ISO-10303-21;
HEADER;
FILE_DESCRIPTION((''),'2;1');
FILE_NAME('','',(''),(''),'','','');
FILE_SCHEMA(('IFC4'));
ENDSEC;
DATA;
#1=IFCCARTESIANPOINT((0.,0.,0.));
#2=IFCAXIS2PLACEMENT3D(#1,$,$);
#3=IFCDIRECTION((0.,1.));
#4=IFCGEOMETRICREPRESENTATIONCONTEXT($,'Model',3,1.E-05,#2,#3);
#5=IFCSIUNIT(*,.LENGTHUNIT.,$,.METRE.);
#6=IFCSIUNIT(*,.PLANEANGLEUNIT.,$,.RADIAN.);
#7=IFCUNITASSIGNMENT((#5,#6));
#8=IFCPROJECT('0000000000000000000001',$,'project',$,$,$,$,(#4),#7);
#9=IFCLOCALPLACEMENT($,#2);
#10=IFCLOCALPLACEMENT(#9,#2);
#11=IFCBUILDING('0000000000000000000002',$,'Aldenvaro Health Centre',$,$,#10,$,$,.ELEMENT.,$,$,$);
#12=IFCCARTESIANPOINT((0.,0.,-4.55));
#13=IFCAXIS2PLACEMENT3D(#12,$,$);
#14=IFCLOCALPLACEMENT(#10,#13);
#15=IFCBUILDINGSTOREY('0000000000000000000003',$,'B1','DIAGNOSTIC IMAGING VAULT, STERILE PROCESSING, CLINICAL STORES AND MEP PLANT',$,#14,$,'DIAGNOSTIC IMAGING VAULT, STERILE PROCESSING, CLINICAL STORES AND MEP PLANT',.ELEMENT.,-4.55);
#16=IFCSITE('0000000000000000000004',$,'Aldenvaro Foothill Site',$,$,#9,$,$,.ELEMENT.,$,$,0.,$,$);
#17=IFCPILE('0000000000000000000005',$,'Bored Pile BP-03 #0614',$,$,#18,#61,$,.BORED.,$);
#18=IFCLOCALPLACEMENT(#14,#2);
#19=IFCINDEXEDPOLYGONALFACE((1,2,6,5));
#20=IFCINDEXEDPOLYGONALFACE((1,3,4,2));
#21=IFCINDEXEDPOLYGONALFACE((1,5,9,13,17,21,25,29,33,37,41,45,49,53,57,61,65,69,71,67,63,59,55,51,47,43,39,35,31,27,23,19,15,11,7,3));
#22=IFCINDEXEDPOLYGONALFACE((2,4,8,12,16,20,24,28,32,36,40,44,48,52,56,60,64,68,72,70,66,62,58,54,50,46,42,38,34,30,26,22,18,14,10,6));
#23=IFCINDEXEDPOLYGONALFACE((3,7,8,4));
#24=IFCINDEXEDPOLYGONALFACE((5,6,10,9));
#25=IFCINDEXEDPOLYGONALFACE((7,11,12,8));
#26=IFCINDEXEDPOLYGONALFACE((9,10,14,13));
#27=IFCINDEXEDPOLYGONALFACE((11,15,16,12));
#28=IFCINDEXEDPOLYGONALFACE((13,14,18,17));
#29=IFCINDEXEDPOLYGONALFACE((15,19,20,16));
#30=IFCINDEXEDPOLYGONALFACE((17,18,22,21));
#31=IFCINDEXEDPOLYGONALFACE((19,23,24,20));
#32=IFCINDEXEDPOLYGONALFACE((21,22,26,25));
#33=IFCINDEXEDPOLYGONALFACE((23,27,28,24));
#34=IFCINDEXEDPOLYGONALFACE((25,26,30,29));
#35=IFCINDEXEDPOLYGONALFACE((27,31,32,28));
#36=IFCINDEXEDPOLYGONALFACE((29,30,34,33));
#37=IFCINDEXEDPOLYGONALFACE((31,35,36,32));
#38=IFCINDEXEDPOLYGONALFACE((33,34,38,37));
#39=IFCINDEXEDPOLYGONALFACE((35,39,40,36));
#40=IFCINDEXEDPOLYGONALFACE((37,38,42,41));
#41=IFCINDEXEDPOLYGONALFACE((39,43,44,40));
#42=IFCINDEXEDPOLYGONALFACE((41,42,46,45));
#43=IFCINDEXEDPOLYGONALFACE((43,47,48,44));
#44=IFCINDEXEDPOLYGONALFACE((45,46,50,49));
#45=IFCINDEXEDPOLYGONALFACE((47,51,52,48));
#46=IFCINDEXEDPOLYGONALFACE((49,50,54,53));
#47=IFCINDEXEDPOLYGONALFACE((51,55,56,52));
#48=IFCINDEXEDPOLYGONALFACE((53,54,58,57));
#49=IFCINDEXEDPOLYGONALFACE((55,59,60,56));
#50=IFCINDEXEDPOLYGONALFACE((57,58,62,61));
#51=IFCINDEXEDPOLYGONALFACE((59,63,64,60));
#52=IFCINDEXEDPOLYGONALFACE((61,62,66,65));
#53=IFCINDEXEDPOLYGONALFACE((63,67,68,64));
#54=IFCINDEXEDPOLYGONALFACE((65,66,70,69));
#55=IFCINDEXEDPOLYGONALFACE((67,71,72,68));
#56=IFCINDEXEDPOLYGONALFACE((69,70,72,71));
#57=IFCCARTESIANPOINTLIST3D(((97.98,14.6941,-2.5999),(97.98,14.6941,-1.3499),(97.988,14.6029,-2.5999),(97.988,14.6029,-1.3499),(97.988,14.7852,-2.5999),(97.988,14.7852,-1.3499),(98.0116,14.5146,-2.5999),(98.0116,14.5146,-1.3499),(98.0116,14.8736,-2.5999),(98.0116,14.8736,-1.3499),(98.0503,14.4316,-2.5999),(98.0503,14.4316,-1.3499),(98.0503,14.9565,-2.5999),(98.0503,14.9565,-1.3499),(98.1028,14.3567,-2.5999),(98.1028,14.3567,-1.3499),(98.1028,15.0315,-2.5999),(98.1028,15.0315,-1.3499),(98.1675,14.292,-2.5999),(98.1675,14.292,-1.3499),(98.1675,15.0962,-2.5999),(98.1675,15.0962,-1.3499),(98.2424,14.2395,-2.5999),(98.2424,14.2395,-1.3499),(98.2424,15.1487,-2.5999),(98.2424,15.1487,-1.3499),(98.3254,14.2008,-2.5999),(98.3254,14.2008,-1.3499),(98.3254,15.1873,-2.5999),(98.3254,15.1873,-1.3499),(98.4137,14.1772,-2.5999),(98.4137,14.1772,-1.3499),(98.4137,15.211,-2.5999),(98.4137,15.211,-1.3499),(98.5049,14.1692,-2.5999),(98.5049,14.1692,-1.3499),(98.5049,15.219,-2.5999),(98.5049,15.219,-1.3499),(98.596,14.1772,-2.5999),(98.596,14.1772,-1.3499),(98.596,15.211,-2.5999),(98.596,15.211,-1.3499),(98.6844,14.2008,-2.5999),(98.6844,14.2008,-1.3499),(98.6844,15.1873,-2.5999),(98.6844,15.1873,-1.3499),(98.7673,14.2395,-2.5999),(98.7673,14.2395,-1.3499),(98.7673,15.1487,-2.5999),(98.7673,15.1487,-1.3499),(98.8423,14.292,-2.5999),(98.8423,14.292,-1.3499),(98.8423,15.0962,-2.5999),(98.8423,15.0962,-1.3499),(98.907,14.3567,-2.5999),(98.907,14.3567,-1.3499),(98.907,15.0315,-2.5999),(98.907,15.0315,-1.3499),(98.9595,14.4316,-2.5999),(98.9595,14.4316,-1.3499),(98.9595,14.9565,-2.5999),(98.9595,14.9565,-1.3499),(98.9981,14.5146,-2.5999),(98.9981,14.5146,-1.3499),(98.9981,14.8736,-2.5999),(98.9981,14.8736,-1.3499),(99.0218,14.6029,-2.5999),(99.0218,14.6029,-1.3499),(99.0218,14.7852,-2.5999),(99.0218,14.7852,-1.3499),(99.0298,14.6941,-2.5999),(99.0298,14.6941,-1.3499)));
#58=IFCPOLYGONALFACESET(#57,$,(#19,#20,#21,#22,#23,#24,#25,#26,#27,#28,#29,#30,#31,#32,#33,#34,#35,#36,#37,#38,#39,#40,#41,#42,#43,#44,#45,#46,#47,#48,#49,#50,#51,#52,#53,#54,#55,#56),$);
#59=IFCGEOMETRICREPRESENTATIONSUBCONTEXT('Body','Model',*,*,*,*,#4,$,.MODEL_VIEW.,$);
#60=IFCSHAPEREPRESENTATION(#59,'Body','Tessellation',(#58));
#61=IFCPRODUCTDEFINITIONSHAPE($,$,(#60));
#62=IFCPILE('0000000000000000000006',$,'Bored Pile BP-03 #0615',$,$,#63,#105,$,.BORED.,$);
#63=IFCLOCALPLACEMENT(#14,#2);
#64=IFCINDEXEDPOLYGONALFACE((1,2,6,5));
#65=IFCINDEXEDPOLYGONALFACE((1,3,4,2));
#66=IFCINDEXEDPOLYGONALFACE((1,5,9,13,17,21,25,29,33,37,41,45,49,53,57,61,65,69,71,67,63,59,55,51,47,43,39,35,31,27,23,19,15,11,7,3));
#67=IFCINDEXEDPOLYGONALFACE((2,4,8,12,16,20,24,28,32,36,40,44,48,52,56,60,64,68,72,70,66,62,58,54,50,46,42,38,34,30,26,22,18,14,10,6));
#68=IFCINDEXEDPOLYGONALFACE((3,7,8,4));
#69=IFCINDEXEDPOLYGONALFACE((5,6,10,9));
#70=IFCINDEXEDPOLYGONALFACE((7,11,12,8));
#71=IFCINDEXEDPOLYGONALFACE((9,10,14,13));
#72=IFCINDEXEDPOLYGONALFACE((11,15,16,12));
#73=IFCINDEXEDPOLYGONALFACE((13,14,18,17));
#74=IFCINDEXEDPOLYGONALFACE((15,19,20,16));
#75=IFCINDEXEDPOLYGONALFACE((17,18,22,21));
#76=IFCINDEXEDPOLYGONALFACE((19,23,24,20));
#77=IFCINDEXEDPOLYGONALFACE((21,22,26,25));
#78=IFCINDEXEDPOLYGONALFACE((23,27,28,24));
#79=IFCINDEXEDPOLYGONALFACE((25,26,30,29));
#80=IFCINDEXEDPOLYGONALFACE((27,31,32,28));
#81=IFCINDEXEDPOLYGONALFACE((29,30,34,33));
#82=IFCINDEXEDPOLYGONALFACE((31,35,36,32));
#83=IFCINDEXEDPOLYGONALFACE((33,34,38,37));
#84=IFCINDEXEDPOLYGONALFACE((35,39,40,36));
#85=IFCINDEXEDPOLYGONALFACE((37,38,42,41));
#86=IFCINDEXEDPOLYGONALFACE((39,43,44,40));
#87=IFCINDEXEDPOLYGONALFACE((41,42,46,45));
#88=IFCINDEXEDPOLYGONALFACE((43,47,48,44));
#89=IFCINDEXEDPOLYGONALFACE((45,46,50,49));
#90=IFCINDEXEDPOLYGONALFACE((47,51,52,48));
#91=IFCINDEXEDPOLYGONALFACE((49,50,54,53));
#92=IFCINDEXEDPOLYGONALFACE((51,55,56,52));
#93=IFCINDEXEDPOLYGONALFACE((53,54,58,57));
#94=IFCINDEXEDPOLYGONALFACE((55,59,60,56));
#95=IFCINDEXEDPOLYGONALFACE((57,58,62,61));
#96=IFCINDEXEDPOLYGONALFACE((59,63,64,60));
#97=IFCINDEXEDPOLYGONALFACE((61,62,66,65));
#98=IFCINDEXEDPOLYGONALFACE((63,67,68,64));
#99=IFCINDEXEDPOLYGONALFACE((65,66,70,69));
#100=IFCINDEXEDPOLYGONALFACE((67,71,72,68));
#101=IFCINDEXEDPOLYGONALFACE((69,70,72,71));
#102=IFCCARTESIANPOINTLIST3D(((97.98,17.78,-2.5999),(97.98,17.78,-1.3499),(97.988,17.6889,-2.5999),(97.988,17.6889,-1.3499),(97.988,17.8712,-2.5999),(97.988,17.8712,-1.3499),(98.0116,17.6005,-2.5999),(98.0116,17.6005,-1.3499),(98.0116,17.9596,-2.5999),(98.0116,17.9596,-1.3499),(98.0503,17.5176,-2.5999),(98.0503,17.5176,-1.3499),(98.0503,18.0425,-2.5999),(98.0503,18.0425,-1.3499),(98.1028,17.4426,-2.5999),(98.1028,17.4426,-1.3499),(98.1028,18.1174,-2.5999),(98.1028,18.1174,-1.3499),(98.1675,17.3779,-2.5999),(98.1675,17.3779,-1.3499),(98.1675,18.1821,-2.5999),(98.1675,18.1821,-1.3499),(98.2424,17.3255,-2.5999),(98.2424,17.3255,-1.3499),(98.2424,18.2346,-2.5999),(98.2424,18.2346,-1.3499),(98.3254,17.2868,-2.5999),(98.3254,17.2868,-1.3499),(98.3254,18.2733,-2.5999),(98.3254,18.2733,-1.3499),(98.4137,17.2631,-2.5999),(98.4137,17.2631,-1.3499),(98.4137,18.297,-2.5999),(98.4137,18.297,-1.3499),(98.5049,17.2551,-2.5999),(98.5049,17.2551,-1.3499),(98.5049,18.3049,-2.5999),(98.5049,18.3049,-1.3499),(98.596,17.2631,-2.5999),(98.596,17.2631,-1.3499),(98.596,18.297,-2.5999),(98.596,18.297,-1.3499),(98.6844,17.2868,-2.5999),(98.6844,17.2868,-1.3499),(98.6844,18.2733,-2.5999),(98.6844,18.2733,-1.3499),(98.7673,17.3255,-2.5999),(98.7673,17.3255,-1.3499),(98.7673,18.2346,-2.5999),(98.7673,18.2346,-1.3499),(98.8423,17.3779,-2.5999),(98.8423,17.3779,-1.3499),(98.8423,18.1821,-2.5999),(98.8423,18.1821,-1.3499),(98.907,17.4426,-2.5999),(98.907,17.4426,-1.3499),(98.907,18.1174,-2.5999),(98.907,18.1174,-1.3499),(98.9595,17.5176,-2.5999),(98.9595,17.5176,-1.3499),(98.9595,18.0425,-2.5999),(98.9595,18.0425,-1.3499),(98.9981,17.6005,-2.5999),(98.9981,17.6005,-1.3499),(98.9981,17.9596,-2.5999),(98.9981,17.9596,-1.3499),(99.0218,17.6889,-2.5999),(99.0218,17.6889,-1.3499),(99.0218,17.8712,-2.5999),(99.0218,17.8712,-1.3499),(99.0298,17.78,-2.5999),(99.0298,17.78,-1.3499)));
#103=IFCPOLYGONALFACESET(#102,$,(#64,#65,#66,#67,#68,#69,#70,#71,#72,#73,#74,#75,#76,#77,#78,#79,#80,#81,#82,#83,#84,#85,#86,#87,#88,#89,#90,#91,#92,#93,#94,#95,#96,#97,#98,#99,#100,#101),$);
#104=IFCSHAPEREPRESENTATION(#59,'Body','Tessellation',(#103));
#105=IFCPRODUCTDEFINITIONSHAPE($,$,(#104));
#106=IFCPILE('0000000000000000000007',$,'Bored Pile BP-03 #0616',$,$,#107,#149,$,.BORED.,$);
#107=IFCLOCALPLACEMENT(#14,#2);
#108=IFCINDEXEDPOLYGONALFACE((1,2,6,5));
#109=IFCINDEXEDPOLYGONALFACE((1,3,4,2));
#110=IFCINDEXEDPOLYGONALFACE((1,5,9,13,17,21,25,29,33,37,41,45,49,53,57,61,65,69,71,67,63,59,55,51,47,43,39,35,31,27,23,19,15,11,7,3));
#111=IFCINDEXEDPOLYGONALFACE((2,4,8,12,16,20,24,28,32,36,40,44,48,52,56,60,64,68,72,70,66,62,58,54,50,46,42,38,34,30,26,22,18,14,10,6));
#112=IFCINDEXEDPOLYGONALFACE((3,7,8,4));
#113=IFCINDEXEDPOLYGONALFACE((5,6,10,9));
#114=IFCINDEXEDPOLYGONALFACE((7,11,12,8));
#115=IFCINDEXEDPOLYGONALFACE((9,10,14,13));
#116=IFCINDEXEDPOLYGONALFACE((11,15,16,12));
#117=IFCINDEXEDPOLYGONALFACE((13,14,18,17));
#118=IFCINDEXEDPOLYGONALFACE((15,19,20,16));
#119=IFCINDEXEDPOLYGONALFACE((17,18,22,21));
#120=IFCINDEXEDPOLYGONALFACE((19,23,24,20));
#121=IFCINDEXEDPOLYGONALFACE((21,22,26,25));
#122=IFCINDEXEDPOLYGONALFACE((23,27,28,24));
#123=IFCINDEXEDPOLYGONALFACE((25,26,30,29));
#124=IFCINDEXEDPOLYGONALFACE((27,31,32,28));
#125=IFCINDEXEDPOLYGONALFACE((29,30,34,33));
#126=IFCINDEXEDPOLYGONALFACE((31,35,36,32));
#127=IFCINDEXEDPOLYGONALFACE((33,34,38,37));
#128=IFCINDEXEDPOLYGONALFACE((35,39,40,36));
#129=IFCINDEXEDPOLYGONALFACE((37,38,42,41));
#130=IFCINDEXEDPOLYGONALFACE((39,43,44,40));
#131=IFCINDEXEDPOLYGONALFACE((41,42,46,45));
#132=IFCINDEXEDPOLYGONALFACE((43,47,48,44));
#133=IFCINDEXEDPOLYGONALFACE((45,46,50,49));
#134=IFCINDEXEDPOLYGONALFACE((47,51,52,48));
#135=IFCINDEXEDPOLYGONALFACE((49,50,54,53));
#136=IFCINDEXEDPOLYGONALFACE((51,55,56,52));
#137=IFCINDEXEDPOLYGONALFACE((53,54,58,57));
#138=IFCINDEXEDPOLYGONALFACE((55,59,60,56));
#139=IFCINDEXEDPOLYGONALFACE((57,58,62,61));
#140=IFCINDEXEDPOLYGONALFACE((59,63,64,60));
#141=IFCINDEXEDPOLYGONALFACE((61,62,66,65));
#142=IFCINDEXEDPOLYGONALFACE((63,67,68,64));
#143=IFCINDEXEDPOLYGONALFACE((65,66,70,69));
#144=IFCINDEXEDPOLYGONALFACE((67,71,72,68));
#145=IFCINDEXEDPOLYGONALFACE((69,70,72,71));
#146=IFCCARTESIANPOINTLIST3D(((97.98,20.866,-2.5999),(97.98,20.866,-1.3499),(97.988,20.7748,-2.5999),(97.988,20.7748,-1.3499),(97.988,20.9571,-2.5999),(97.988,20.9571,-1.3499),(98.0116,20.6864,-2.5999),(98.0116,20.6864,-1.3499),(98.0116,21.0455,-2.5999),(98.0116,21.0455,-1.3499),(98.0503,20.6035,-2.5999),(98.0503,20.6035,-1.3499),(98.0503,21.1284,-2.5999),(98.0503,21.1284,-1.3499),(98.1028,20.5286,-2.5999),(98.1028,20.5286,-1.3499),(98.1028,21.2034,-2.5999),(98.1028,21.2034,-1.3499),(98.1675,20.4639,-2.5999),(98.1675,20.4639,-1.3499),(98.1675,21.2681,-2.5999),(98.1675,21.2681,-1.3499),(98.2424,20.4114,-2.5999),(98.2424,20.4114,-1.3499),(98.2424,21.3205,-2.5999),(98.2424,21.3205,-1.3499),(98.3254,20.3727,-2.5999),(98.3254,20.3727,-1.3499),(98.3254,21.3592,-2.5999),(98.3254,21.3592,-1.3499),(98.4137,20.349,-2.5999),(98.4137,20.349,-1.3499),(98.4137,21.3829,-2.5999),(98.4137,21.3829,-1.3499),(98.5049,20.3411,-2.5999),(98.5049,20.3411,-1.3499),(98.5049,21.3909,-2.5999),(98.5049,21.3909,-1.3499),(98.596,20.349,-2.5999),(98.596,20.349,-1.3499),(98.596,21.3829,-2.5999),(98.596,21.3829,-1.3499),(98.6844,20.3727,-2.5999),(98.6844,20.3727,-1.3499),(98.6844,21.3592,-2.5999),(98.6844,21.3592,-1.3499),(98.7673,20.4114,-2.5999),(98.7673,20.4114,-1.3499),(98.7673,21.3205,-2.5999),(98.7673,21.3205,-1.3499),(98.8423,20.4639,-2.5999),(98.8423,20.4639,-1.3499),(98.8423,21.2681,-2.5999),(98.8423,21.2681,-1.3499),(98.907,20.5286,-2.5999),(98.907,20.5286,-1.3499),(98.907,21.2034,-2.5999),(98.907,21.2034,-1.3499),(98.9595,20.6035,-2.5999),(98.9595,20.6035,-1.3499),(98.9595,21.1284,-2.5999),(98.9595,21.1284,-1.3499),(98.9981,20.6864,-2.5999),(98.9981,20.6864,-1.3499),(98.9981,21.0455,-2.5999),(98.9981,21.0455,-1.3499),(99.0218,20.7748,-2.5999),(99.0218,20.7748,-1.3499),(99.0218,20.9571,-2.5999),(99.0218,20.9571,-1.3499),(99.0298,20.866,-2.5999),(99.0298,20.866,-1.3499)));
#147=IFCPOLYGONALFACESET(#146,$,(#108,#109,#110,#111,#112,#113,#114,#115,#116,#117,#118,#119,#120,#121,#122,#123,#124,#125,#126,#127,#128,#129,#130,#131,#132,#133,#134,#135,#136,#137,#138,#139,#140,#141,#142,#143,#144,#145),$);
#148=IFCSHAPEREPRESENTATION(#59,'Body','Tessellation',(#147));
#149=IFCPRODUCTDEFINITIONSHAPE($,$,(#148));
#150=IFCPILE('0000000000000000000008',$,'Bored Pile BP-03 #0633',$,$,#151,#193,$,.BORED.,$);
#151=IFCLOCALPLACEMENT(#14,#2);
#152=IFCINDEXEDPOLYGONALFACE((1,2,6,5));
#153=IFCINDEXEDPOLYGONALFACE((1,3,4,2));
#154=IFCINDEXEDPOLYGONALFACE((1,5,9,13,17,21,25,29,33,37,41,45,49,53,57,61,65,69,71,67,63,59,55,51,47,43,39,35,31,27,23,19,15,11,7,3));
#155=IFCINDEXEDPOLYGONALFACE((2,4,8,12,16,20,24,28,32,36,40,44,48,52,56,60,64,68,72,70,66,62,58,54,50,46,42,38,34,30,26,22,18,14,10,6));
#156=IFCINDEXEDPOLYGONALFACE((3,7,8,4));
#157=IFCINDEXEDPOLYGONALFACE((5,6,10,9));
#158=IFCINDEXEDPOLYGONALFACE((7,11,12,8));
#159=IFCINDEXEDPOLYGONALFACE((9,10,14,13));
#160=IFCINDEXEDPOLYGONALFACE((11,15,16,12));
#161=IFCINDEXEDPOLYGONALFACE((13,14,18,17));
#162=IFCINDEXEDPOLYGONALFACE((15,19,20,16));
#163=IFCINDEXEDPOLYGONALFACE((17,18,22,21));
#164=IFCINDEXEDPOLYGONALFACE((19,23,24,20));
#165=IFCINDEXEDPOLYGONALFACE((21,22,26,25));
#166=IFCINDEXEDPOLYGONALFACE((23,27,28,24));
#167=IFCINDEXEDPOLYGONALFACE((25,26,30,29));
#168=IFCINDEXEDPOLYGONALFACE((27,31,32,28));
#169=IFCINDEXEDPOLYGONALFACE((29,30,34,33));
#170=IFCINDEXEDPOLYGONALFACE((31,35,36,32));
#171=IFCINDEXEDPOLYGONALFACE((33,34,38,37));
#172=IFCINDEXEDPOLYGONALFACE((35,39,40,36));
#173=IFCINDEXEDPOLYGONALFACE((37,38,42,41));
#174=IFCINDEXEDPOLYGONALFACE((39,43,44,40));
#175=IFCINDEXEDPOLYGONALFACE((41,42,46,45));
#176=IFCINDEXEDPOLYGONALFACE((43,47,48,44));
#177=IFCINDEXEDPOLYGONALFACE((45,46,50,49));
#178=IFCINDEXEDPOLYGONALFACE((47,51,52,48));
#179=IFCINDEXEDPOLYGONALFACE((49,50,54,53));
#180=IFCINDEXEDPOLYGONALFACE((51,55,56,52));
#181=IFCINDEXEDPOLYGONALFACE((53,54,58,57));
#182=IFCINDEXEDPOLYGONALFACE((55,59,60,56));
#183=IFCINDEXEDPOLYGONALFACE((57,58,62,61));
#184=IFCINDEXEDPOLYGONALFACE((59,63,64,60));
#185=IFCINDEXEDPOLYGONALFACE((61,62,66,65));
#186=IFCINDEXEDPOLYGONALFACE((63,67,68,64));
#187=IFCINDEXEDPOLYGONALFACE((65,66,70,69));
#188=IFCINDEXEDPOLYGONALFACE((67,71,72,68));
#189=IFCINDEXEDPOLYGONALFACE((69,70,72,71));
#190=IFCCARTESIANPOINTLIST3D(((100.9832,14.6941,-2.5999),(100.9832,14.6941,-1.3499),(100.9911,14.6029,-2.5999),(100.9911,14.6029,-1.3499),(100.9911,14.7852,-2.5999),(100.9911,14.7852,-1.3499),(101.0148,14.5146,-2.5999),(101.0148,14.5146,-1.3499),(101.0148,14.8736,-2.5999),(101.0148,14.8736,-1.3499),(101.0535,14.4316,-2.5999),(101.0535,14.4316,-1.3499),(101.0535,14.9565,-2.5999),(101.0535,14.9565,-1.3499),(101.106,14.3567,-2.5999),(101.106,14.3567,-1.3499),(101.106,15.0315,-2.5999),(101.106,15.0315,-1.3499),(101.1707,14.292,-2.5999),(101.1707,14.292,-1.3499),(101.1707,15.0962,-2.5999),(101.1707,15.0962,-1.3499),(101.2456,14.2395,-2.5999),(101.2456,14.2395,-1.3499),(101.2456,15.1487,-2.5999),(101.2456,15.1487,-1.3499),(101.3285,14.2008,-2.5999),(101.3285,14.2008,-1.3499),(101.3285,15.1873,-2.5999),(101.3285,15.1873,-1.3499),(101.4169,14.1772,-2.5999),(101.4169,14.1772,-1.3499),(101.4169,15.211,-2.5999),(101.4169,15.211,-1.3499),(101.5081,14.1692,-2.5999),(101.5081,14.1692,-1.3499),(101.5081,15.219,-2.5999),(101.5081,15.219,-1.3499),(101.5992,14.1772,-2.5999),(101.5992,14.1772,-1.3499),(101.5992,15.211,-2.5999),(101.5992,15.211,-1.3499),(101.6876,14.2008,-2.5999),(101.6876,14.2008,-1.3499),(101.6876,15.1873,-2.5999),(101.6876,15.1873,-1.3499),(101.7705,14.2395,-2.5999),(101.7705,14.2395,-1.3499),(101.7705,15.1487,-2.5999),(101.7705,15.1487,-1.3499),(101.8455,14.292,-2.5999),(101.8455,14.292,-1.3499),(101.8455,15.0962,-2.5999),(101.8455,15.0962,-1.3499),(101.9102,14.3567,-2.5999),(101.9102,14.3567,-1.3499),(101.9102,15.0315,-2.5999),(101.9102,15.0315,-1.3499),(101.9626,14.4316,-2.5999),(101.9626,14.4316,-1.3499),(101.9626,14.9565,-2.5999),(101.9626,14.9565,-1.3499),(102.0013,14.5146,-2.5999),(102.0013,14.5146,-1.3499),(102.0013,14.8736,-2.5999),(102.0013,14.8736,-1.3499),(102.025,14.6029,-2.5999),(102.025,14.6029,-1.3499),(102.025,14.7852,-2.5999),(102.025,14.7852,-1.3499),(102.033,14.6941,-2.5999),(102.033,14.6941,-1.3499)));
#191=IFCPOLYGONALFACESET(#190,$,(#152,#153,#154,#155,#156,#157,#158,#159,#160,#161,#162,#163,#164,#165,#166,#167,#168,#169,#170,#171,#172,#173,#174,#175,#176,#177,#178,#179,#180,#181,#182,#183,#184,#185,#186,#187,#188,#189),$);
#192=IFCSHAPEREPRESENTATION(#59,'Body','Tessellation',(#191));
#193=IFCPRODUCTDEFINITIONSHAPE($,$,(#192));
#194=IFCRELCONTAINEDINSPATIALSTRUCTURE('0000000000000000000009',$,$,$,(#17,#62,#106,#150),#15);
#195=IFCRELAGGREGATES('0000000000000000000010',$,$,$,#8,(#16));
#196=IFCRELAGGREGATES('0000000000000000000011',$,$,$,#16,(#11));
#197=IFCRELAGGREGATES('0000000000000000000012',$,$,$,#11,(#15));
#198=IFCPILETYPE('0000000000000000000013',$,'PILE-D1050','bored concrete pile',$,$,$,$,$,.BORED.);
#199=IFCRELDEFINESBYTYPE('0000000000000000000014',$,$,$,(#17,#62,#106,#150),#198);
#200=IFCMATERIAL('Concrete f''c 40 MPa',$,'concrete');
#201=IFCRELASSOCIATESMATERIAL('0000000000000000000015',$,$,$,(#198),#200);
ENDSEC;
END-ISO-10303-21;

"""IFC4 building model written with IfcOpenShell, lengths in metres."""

from ifc_helpers import new_model, si_unit, direction, frame, origin, origin_2d, place, context, subcontext, project, spatial, circle, extrude, material, material_profile, profile_set, type_object, element, save


model = new_model("IFC4")

# Units and contexts
model_context = context("Model", 3, precision=1e-05, world=origin(), true_north=direction((0.0, 1.0)))
body_context = subcontext(model_context, "Body", "Model", "MODEL_VIEW")
ifc_project = project(units=[si_unit("LENGTHUNIT", "METRE"), si_unit("PLANEANGLEUNIT", "RADIAN")], contexts=[model_context])

# Site, building, storey
site_placement = place(None, origin())
site = spatial("IfcSite", under=ifc_project, at=site_placement, Name="Aldenvaro Foothill Site", CompositionType="ELEMENT", RefElevation=0.0)
building_placement = place(site_placement, origin())
building = spatial("IfcBuilding", under=site, at=building_placement, Name="Aldenvaro Health Centre", CompositionType="ELEMENT")
storey_placement = place(building_placement, frame((0.0, 0.0, -4.55)))
storey = spatial("IfcBuildingStorey", under=building, at=storey_placement, Name="B1", Description="DIAGNOSTIC IMAGING VAULT, STERILE PROCESSING, CLINICAL STORES AND MEP PLANT", LongName="DIAGNOSTIC IMAGING VAULT, STERILE PROCESSING, CLINICAL STORES AND MEP PLANT", CompositionType="ELEMENT", Elevation=-4.55)

# Piles
ifc_material_1 = material(Name="Concrete f'c 40 MPa", Category="concrete")
ifc_material_profile_1 = material_profile(ifc_material_1, circle(Radius=0.5249, at=origin_2d()), Name="PILE D1050", Category="concrete")
ifc_profile_set_1 = profile_set([ifc_material_profile_1], Name="Concrete f'c 40 MPa")
pile_type = type_object("IfcPileType", Name="PILE-D1050", Description="bored concrete pile", PredefinedType="BORED", material=ifc_profile_set_1)
for number, where, z_axis, x_axis, name in (
    (1, (98.5049, 14.6941, -1.3499), (0.0, 0.0, -1.0), (1.0, 0.0, 0.0), "Bored Pile BP-03 #0614"),
    (2, (98.5049, 17.78, -1.3499), (0.0, 0.0, -1.0), (1.0, 0.0, 0.0), "Bored Pile BP-03 #0615"),
    (3, (98.5049, 20.866, -1.3499), (0.0, 0.0, -1.0), (1.0, 0.0, 0.0), "Bored Pile BP-03 #0616"),
    (4, (101.5081, 14.6941, -1.3499), (0.0, 0.0, -1.0), (1.0, 0.0, 0.0), "Bored Pile BP-03 #0633"),
):
    element("IfcPile", number, at=place(storey_placement, frame(where, z_axis=z_axis, x_axis=x_axis)), inside=storey, type_object=pile_type, Name=name, PredefinedType="BORED", context=body_context, shape_type="SweptSolid", body=[
        extrude(circle(Radius=0.5249, at=origin_2d()), origin(), (0.0, 0.0, 1.0), 1.25),
    ])

save(model, "model.ifc")
